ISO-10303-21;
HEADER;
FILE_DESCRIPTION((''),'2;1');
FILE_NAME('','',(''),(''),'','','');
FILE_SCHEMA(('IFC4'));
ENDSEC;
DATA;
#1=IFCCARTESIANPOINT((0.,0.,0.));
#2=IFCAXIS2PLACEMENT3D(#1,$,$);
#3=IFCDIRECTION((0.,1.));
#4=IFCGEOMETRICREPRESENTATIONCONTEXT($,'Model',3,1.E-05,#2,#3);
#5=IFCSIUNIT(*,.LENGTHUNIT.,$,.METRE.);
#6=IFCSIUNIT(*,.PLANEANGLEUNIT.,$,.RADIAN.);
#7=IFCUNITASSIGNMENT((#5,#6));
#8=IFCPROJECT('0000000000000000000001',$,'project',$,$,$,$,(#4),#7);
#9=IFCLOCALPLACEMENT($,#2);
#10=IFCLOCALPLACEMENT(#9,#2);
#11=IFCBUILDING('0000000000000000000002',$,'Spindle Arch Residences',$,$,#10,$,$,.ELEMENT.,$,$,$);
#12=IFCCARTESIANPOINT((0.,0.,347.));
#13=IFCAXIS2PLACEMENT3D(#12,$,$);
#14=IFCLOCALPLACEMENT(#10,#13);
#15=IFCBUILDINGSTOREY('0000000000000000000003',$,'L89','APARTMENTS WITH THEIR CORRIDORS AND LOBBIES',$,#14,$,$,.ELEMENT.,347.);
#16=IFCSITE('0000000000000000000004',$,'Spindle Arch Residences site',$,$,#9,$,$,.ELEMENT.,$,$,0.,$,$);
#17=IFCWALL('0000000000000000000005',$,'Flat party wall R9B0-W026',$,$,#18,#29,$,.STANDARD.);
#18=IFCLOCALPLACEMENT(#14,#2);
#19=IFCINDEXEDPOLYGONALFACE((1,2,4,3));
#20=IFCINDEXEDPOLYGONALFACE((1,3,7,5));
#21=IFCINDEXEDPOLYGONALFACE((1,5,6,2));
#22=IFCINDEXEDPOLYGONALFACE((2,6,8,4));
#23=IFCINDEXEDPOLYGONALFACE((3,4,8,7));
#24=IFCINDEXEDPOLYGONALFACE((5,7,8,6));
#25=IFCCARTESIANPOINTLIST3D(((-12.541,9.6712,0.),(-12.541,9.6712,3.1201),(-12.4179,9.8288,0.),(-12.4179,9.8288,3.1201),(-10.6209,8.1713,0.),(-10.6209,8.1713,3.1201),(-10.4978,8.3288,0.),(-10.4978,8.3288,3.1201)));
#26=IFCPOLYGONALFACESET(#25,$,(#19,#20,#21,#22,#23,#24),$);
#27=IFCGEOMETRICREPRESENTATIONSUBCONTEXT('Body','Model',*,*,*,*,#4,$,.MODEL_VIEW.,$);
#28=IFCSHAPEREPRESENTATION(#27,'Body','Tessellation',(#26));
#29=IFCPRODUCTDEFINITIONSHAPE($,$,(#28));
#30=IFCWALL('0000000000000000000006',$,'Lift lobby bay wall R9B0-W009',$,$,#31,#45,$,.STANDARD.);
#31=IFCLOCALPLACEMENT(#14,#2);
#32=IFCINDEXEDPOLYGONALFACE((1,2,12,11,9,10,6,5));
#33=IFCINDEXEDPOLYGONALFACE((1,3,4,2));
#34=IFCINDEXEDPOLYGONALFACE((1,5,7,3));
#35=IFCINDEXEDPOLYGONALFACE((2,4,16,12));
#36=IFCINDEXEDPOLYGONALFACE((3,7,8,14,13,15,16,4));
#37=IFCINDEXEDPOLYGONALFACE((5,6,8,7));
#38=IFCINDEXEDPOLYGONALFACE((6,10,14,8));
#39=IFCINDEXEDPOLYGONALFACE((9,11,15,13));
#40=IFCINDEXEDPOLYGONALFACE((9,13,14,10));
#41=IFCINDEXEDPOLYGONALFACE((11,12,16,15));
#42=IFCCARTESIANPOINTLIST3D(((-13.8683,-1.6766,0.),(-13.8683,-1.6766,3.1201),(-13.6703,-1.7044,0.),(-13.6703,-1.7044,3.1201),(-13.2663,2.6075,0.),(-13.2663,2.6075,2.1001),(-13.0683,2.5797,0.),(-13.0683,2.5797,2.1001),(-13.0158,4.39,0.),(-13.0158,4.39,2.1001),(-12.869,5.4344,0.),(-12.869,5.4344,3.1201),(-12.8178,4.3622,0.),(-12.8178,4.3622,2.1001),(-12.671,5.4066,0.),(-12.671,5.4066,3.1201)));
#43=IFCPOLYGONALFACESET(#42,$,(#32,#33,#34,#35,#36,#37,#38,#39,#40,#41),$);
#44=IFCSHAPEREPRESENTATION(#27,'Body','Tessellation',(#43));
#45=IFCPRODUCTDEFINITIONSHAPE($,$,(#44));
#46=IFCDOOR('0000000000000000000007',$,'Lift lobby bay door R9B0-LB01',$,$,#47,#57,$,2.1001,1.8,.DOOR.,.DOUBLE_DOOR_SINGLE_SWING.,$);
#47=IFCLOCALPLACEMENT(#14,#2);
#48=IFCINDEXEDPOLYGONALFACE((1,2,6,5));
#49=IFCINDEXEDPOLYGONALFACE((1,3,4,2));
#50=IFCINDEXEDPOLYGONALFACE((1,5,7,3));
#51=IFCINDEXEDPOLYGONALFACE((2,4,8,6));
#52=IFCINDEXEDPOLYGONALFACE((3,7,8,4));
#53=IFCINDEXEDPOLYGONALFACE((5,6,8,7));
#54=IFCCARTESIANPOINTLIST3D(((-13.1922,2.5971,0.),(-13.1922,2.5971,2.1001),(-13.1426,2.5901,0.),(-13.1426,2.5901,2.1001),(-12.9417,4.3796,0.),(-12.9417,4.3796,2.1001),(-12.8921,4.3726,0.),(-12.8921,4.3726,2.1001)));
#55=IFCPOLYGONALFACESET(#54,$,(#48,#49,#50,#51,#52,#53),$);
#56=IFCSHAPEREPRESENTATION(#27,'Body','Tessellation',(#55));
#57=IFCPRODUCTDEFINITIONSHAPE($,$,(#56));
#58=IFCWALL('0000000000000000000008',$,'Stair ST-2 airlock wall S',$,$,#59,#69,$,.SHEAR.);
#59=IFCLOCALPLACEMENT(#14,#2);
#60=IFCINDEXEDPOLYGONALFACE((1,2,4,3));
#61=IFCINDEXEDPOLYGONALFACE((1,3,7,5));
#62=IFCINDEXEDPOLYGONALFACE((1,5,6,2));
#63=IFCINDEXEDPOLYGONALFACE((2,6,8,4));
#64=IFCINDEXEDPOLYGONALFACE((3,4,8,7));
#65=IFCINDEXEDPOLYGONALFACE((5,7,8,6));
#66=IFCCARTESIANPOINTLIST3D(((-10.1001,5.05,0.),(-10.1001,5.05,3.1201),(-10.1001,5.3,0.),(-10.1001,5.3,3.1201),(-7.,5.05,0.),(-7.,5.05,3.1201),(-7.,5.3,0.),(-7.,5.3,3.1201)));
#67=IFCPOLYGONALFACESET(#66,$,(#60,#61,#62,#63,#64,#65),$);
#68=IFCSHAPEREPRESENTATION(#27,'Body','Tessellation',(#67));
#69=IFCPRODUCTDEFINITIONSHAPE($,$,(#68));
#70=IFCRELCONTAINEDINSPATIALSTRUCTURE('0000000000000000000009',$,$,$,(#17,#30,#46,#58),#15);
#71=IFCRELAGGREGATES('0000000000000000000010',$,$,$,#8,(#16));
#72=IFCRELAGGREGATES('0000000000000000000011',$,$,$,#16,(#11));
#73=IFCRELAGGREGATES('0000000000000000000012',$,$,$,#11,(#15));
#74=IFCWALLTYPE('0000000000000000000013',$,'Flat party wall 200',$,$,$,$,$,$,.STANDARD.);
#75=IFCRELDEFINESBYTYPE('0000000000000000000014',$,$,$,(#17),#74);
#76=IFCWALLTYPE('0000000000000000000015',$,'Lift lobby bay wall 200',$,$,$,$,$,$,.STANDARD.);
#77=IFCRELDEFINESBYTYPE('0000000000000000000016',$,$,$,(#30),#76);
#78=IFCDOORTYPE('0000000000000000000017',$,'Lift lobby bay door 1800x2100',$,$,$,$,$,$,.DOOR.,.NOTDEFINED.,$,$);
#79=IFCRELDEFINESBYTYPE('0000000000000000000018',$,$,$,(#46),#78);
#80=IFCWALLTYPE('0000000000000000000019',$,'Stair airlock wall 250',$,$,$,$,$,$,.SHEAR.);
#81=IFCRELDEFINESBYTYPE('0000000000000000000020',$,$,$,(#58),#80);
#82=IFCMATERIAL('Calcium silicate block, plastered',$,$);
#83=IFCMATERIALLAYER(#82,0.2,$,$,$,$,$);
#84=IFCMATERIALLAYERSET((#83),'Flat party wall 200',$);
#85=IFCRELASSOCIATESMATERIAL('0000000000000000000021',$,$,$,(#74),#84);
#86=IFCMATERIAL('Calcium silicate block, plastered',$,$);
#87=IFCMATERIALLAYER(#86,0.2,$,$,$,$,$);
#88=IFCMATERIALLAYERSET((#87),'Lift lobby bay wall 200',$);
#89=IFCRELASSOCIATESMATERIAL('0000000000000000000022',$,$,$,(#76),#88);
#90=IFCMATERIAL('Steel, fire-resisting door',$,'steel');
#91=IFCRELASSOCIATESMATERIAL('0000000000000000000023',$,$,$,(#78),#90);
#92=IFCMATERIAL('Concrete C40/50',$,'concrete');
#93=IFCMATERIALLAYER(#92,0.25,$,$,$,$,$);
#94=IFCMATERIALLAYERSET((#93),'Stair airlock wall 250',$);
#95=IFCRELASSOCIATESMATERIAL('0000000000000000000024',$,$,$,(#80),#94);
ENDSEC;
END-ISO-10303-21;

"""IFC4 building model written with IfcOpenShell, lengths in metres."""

from ifc_helpers import new_model, si_unit, direction, frame, frame_2d, origin, place, context, subcontext, project, spatial, rectangle, extrude, material, layer, layer_set, type_object, element, fill, save


model = new_model("IFC4")

# Units and contexts
model_context = context("Model", 3, precision=1e-05, world=origin(), true_north=direction((0.0, 1.0)))
body_context = subcontext(model_context, "Body", "Model", "MODEL_VIEW")
ifc_project = project(units=[si_unit("LENGTHUNIT", "METRE"), si_unit("PLANEANGLEUNIT", "RADIAN")], contexts=[model_context])

# Site, building, storey
site_placement = place(None, origin())
site = spatial("IfcSite", under=ifc_project, at=site_placement, Name="Spindle Arch Residences site", CompositionType="ELEMENT", RefElevation=0.0)
building_placement = place(site_placement, origin())
building = spatial("IfcBuilding", under=site, at=building_placement, Name="Spindle Arch Residences", CompositionType="ELEMENT")
storey_placement = place(building_placement, frame((0.0, 0.0, 347.0)))
storey = spatial("IfcBuildingStorey", under=building, at=storey_placement, Name="L89", Description="APARTMENTS WITH THEIR CORRIDORS AND LOBBIES", CompositionType="ELEMENT", Elevation=347.0)

# Wall
ifc_material_1 = material(Name="Calcium silicate block, plastered")
ifc_layer_1 = layer(ifc_material_1, 0.2)
ifc_layer_set_1 = layer_set([ifc_layer_1], Name="Flat party wall 200")
wall_type_1 = type_object("IfcWallType", Name="Flat party wall 200", PredefinedType="STANDARD", material=ifc_layer_set_1)
wall_1_placement = place(storey_placement, frame((-12.4795, 9.75, 0.0), z_axis=(0.0, 0.0, 1.0), x_axis=(0.78805, -0.615611, 0.0)))
element("IfcWall", 1, at=wall_1_placement, inside=storey, type_object=wall_type_1, Name="Flat party wall R9B0-W026", PredefinedType="STANDARD", context=body_context, shape_type="SweptSolid", body=[
    extrude(rectangle(XDim=2.4365, YDim=0.2, at=frame_2d((1.2183, 0.0))), origin(), (0.0, 0.0, 1.0), 3.1201),
])

# Wall, opening, door
ifc_material_2 = material(Name="Calcium silicate block, plastered")
ifc_layer_2 = layer(ifc_material_2, 0.2)
ifc_layer_set_2 = layer_set([ifc_layer_2], Name="Lift lobby bay wall 200")
wall_type_2 = type_object("IfcWallType", Name="Lift lobby bay wall 200", PredefinedType="STANDARD", material=ifc_layer_set_2)
wall_2_placement = place(storey_placement, frame((-12.77, 5.4204, 0.0), z_axis=(0.0, 0.0, 1.0), x_axis=(-0.139155, -0.990271, 0.0)))
wall_2 = element("IfcWall", 2, at=wall_2_placement, inside=storey, type_object=wall_type_2, Name="Lift lobby bay wall R9B0-W009", PredefinedType="STANDARD", context=body_context, shape_type="SweptSolid", body=[
    extrude(rectangle(XDim=7.1809, YDim=0.2, at=frame_2d((3.5903, 0.0))), origin(), (0.0, 0.0, 1.0), 3.1201),
])
opening_1_placement = place(wall_2_placement, frame((1.0547, 0.0, 0.0)))
opening_1 = element("IfcOpeningElement", 3, at=opening_1_placement, cuts=wall_2, PredefinedType="OPENING", context=body_context, shape_type="SweptSolid", body=[
    extrude(rectangle(XDim=1.8, YDim=2.1001, at=frame_2d((0.8999, 1.05))), frame((0.0, 0.1099, 0.0), z_axis=(0.0, -1.0, 0.0), x_axis=(1.0, 0.0, 0.0)), (0.0, 0.0, 1.0), 0.22),
])
ifc_material_3 = material(Name="Steel, fire-resisting door", Category="steel")
door_type_1 = type_object("IfcDoorType", Name="Lift lobby bay door 1800x2100", OperationType="NOTDEFINED", PredefinedType="DOOR", material=ifc_material_3)
door_1_placement = place(opening_1_placement, origin())
door_1 = element("IfcDoor", 4, at=door_1_placement, inside=storey, type_object=door_type_1, Name="Lift lobby bay door R9B0-LB01", OperationType="DOUBLE_DOOR_SINGLE_SWING", OverallHeight=2.1001, OverallWidth=1.8, PredefinedType="DOOR", context=body_context, shape_type="SweptSolid", body=[
    extrude(rectangle(XDim=1.8, YDim=2.1001, at=frame_2d((0.8999, 1.05))), frame((0.0, 0.0249, 0.0), z_axis=(0.0, -1.0, 0.0), x_axis=(1.0, 0.0, 0.0)), (0.0, 0.0, 1.0), 0.05),
])
fill(opening_1, door_1)

# Wall
ifc_material_4 = material(Name="Concrete C40/50", Category="concrete")
ifc_layer_3 = layer(ifc_material_4, 0.25)
ifc_layer_set_3 = layer_set([ifc_layer_3], Name="Stair airlock wall 250")
wall_type_3 = type_object("IfcWallType", Name="Stair airlock wall 250", PredefinedType="SHEAR", material=ifc_layer_set_3)
wall_3_placement = place(storey_placement, frame((-7.0, 5.175, 0.0), z_axis=(0.0, 0.0, 1.0), x_axis=(-1.0, 0.0, 0.0)))
element("IfcWall", 5, at=wall_3_placement, inside=storey, type_object=wall_type_3, Name="Stair ST-2 airlock wall S", PredefinedType="SHEAR", context=body_context, shape_type="SweptSolid", body=[
    extrude(rectangle(XDim=3.1001, YDim=0.25, at=frame_2d((1.55, 0.0))), origin(), (0.0, 0.0, 1.0), 3.1201),
])

save(model, "model.ifc")
